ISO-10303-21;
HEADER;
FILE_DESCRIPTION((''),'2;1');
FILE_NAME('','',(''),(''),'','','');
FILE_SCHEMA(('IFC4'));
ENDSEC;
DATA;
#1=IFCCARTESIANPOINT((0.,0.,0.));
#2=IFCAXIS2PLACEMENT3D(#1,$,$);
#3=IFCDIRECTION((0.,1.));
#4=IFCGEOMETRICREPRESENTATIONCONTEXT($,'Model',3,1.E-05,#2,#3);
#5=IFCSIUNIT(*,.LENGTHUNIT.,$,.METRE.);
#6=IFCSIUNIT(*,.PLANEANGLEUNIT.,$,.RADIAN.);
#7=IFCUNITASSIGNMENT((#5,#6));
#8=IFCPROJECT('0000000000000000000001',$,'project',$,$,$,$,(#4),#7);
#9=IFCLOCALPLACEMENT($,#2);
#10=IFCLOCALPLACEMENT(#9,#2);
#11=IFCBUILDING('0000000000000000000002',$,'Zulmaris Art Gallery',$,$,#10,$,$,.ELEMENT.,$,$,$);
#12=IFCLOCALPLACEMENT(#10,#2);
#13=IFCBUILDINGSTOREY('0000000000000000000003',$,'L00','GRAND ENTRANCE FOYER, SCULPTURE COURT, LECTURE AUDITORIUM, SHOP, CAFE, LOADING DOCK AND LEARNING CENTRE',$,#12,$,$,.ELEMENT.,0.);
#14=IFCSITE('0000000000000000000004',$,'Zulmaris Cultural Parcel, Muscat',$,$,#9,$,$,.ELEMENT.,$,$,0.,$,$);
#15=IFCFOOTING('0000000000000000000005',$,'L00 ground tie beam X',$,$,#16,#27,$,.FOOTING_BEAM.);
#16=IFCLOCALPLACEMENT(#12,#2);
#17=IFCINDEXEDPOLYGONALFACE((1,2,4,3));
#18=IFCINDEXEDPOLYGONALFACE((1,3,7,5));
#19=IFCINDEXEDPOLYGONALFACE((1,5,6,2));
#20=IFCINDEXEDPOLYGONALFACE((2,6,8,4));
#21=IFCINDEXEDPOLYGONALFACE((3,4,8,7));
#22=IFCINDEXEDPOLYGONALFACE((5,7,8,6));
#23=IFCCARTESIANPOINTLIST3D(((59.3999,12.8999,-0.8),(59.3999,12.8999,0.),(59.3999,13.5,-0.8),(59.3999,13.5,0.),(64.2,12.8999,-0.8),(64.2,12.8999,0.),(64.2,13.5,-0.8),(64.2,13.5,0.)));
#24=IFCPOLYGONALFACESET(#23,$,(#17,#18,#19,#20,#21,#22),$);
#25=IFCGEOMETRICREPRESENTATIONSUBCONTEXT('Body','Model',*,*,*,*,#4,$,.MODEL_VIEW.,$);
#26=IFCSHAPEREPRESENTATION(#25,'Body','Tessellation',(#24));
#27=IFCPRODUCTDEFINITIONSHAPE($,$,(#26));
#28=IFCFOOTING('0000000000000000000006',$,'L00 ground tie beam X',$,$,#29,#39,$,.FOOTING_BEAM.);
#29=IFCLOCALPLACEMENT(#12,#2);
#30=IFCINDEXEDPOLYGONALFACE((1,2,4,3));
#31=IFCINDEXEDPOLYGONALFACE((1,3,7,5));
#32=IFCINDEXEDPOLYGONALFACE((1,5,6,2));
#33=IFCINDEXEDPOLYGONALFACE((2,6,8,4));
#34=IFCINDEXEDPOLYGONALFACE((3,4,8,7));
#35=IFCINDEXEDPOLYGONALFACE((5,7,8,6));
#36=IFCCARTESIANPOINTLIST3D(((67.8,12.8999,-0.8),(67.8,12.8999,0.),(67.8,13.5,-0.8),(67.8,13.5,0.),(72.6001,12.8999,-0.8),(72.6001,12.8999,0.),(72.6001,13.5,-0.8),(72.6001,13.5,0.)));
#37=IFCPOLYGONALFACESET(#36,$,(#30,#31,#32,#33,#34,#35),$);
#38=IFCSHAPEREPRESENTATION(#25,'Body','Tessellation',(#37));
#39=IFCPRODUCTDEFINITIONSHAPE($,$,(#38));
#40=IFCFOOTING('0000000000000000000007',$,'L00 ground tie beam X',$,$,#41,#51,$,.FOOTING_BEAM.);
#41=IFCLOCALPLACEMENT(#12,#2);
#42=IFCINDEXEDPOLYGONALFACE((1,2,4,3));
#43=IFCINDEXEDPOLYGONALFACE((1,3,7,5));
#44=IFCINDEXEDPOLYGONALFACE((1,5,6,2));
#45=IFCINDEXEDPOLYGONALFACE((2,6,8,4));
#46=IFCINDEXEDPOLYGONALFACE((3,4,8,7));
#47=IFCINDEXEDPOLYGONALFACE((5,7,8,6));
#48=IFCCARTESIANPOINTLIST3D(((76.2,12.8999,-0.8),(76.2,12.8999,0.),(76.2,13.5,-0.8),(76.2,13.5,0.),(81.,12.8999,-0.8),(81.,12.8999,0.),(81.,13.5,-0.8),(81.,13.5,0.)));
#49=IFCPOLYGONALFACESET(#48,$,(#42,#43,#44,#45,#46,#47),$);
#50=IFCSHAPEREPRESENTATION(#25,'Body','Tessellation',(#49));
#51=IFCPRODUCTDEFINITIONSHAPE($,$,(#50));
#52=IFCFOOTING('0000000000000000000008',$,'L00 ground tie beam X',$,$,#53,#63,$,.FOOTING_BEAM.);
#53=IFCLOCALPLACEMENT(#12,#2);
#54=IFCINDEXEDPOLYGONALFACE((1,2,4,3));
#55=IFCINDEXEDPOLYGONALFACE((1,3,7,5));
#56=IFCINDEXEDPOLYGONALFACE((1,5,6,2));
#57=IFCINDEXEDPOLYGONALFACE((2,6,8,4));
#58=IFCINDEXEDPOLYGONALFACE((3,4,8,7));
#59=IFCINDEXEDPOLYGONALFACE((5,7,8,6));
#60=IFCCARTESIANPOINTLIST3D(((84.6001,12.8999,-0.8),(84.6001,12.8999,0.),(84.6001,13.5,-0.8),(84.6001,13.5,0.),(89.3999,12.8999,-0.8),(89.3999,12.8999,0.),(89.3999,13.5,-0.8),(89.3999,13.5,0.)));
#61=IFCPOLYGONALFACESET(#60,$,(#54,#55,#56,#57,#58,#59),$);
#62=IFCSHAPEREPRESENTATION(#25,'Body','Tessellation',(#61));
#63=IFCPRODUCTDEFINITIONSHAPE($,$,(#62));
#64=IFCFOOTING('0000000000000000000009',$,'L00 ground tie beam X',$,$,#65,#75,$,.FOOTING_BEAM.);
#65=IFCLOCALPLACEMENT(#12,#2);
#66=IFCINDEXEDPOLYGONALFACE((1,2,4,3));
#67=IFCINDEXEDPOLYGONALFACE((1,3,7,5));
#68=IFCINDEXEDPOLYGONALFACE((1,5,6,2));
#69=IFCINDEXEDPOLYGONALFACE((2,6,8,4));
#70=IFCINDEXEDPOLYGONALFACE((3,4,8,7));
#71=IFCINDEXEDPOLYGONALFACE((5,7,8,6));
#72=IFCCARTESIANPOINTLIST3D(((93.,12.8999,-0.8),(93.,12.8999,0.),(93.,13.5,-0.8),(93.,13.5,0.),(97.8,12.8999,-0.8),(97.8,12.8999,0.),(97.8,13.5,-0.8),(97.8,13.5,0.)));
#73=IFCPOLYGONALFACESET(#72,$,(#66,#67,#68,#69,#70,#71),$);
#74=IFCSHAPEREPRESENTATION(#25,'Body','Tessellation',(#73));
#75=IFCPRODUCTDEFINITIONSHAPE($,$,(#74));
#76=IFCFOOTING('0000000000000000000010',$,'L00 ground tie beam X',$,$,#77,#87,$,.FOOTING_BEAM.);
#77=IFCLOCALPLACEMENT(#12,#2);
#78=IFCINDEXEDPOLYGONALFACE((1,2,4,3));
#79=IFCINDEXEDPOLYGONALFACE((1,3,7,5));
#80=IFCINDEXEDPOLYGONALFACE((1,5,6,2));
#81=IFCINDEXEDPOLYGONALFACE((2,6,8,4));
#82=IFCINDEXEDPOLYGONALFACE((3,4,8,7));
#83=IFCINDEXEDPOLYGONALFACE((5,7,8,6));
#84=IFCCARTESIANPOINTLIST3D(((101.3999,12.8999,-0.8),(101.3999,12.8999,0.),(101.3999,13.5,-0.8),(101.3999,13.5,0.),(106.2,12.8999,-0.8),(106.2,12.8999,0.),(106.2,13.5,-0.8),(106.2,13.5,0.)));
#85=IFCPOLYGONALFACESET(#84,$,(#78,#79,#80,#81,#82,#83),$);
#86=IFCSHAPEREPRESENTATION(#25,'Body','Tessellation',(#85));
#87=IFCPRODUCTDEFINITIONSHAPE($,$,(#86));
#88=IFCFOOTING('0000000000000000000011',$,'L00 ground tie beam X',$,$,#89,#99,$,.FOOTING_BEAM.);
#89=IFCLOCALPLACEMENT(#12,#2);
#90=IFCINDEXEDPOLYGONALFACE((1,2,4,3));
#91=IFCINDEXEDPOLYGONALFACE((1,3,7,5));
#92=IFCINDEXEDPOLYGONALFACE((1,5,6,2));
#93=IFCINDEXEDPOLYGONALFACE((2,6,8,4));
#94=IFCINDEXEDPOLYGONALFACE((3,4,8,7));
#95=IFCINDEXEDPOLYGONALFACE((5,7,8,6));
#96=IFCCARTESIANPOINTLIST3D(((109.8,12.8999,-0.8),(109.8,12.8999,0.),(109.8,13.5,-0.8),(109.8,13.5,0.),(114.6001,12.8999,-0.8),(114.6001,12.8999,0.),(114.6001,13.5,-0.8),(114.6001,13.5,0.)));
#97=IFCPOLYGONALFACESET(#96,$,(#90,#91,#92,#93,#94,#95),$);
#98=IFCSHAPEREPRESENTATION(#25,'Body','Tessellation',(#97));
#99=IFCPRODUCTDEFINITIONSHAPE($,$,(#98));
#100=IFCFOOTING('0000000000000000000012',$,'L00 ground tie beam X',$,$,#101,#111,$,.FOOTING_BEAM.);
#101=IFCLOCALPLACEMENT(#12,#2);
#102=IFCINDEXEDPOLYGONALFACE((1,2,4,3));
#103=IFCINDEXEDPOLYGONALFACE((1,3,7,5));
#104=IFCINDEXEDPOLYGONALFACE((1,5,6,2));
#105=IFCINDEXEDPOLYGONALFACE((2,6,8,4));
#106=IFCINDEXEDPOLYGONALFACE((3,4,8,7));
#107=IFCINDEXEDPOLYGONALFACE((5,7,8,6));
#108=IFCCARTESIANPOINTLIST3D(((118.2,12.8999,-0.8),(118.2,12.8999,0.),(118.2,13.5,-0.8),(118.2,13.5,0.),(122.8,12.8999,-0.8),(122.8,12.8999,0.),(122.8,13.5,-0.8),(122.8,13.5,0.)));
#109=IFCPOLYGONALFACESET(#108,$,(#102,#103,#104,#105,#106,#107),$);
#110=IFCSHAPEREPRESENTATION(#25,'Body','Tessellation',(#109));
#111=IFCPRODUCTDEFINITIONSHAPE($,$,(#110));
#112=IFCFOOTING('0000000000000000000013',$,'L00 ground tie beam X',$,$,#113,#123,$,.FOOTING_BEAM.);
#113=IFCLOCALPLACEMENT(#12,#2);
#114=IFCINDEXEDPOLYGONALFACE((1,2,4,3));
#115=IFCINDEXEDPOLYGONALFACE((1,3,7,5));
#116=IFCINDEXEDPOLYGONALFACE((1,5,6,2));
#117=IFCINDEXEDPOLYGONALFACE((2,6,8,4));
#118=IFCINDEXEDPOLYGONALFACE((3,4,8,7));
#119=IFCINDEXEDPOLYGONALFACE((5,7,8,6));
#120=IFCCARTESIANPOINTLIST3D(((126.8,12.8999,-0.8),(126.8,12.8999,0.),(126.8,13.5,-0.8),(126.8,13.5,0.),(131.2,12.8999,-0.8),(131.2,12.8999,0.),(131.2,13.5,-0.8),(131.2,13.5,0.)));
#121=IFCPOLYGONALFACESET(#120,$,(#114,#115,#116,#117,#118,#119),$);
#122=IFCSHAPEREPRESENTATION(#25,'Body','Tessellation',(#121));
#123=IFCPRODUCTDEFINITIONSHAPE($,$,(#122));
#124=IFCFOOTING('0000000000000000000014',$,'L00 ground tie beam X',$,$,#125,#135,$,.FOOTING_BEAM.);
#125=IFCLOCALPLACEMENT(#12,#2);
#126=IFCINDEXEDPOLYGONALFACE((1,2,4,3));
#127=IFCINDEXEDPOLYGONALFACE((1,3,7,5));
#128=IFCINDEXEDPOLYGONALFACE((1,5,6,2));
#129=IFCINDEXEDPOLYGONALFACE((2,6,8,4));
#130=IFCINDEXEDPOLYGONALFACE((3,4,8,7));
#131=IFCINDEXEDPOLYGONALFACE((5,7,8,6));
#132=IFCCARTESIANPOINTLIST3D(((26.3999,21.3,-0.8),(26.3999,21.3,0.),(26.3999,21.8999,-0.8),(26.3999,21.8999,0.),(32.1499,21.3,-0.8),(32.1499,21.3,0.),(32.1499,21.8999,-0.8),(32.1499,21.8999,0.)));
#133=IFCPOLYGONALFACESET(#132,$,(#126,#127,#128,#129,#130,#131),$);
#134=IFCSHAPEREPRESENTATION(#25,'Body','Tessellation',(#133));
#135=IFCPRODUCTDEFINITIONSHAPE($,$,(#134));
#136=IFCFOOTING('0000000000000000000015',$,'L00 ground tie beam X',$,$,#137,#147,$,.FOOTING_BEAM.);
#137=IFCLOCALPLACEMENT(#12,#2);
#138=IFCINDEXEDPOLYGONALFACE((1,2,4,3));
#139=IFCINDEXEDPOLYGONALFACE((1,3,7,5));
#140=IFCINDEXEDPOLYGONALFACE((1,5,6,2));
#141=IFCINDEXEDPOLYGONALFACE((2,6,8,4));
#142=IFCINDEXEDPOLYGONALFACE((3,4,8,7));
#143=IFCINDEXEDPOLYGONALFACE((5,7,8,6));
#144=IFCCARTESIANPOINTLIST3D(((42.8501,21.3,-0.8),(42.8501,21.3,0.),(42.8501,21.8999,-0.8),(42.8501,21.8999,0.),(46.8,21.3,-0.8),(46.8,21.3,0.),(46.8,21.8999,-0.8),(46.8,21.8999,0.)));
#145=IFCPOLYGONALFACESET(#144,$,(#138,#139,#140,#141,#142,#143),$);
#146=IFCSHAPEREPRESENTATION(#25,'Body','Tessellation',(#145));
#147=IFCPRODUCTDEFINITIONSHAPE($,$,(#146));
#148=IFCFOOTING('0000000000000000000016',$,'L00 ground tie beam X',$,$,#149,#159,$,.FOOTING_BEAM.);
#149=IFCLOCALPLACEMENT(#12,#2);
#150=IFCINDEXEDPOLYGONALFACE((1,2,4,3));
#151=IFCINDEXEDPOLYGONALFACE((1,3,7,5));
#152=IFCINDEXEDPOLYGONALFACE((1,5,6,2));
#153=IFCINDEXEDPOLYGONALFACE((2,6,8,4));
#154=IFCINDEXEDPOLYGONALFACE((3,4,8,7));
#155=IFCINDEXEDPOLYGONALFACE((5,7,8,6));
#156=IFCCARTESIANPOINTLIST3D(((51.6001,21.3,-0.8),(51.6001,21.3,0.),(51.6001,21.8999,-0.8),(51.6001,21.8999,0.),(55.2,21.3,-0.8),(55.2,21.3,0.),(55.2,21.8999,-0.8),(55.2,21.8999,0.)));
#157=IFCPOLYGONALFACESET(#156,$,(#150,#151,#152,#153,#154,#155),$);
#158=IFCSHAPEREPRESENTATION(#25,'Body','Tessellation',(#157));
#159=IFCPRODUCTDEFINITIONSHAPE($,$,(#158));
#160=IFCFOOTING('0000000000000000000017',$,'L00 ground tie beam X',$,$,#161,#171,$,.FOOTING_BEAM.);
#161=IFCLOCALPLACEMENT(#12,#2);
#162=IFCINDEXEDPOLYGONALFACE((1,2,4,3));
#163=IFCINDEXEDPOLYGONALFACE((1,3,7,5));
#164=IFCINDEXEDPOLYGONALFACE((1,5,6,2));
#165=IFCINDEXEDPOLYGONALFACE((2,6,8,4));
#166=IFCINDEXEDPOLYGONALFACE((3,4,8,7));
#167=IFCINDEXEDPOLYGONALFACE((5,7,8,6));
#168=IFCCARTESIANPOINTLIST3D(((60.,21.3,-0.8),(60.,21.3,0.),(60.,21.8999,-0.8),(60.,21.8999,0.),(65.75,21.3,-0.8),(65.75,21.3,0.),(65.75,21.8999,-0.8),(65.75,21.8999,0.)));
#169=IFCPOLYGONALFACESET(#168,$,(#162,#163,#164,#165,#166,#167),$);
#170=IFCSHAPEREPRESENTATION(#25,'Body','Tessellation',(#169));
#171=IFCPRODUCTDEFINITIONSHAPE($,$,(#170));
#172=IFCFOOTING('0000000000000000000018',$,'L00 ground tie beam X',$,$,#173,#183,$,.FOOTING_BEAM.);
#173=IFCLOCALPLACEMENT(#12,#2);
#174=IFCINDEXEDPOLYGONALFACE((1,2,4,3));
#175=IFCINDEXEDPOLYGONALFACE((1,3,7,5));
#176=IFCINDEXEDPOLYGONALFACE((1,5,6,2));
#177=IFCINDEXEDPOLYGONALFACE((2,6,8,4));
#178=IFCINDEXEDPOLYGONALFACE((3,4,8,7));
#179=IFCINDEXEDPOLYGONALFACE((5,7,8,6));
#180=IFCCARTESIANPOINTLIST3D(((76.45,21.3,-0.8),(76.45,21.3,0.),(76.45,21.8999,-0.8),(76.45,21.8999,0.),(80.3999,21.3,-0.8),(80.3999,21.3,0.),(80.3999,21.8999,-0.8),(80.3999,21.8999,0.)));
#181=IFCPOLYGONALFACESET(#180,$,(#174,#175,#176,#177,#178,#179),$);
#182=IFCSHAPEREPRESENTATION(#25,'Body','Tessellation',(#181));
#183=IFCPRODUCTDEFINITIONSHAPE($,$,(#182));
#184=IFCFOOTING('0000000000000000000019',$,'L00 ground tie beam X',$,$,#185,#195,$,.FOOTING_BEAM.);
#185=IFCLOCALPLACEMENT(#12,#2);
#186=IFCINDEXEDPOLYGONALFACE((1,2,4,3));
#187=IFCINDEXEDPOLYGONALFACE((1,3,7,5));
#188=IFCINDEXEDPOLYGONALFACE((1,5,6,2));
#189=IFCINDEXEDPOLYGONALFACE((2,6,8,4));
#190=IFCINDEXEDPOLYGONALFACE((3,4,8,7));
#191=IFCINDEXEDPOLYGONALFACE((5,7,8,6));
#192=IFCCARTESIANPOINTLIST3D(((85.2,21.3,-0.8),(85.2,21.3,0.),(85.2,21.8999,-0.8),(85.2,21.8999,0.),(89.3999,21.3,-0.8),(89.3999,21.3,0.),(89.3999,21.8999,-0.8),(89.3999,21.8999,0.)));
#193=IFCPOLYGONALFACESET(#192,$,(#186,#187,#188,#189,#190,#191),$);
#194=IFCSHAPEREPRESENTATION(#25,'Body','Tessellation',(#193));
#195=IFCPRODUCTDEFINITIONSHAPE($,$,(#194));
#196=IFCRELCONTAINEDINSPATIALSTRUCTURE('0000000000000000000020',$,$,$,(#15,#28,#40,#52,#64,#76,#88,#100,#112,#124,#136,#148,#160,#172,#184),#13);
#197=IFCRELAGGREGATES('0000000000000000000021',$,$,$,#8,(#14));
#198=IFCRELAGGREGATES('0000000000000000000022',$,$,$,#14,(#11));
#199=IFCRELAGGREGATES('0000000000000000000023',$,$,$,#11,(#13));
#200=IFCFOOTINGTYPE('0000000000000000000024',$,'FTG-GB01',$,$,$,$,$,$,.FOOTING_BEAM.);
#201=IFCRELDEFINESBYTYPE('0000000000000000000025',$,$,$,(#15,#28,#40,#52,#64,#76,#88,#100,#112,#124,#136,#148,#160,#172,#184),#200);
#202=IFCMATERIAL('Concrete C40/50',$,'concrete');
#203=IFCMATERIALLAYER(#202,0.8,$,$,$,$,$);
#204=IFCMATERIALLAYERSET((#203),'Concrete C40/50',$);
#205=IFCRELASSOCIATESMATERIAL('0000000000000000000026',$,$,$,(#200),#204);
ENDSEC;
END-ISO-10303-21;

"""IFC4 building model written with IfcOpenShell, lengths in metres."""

from ifc_helpers import new_model, si_unit, direction, frame, origin, place, context, subcontext, project, spatial, polyline, outline, extrude, material, layer, layer_set, type_object, element, save


model = new_model("IFC4")

# Units and contexts
model_context = context("Model", 3, precision=1e-05, world=origin(), true_north=direction((0.0, 1.0)))
body_context = subcontext(model_context, "Body", "Model", "MODEL_VIEW")
ifc_project = project(units=[si_unit("LENGTHUNIT", "METRE"), si_unit("PLANEANGLEUNIT", "RADIAN")], contexts=[model_context])

# Site, building, storey
site_placement = place(None, origin())
site = spatial("IfcSite", under=ifc_project, at=site_placement, Name="Zulmaris Cultural Parcel, Muscat", CompositionType="ELEMENT", RefElevation=0.0)
building_placement = place(site_placement, origin())
building = spatial("IfcBuilding", under=site, at=building_placement, Name="Zulmaris Art Gallery", CompositionType="ELEMENT")
storey_placement = place(building_placement, origin())
storey = spatial("IfcBuildingStorey", under=building, at=storey_placement, Name="L00", Description="GRAND ENTRANCE FOYER, SCULPTURE COURT, LECTURE AUDITORIUM, SHOP, CAFE, LOADING DOCK AND LEARNING CENTRE", CompositionType="ELEMENT", Elevation=0.0)

# Footings
ifc_material = material(Name="Concrete C40/50", Category="concrete")
ifc_layer = layer(ifc_material, 0.8)
ifc_layer_set = layer_set([ifc_layer], Name="Concrete C40/50")
footing_type = type_object("IfcFootingType", Name="FTG-GB01", PredefinedType="FOOTING_BEAM", material=ifc_layer_set)
footing_1_placement = place(storey_placement, frame((0.0, 0.0, -0.8)))
element("IfcFooting", 1, at=footing_1_placement, inside=storey, type_object=footing_type, Name="L00 ground tie beam X", PredefinedType="FOOTING_BEAM", context=body_context, shape_type="SweptSolid", body=[
    extrude(outline(polyline([(59.3999, 12.8999), (64.2, 12.8999), (64.2, 13.5), (59.3999, 13.5), (59.3999, 12.8999)])), origin(), (0.0, 0.0, 1.0), 0.8),
])
footing_2_placement = place(storey_placement, frame((0.0, 0.0, -0.8)))
element("IfcFooting", 2, at=footing_2_placement, inside=storey, type_object=footing_type, Name="L00 ground tie beam X", PredefinedType="FOOTING_BEAM", context=body_context, shape_type="SweptSolid", body=[
    extrude(outline(polyline([(67.8, 12.8999), (72.6001, 12.8999), (72.6001, 13.5), (67.8, 13.5), (67.8, 12.8999)])), origin(), (0.0, 0.0, 1.0), 0.8),
])
footing_3_placement = place(storey_placement, frame((0.0, 0.0, -0.8)))
element("IfcFooting", 3, at=footing_3_placement, inside=storey, type_object=footing_type, Name="L00 ground tie beam X", PredefinedType="FOOTING_BEAM", context=body_context, shape_type="SweptSolid", body=[
    extrude(outline(polyline([(76.2, 12.8999), (81.0, 12.8999), (81.0, 13.5), (76.2, 13.5), (76.2, 12.8999)])), origin(), (0.0, 0.0, 1.0), 0.8),
])
footing_4_placement = place(storey_placement, frame((0.0, 0.0, -0.8)))
element("IfcFooting", 4, at=footing_4_placement, inside=storey, type_object=footing_type, Name="L00 ground tie beam X", PredefinedType="FOOTING_BEAM", context=body_context, shape_type="SweptSolid", body=[
    extrude(outline(polyline([(84.6001, 12.8999), (89.3999, 12.8999), (89.3999, 13.5), (84.6001, 13.5), (84.6001, 12.8999)])), origin(), (0.0, 0.0, 1.0), 0.8),
])
footing_5_placement = place(storey_placement, frame((0.0, 0.0, -0.8)))
element("IfcFooting", 5, at=footing_5_placement, inside=storey, type_object=footing_type, Name="L00 ground tie beam X", PredefinedType="FOOTING_BEAM", context=body_context, shape_type="SweptSolid", body=[
    extrude(outline(polyline([(93.0, 12.8999), (97.8, 12.8999), (97.8, 13.5), (93.0, 13.5), (93.0, 12.8999)])), origin(), (0.0, 0.0, 1.0), 0.8),
])
footing_6_placement = place(storey_placement, frame((0.0, 0.0, -0.8)))
element("IfcFooting", 6, at=footing_6_placement, inside=storey, type_object=footing_type, Name="L00 ground tie beam X", PredefinedType="FOOTING_BEAM", context=body_context, shape_type="SweptSolid", body=[
    extrude(outline(polyline([(101.3999, 12.8999), (106.2, 12.8999), (106.2, 13.5), (101.3999, 13.5), (101.3999, 12.8999)])), origin(), (0.0, 0.0, 1.0), 0.8),
])
footing_7_placement = place(storey_placement, frame((0.0, 0.0, -0.8)))
element("IfcFooting", 7, at=footing_7_placement, inside=storey, type_object=footing_type, Name="L00 ground tie beam X", PredefinedType="FOOTING_BEAM", context=body_context, shape_type="SweptSolid", body=[
    extrude(outline(polyline([(109.8, 12.8999), (114.6001, 12.8999), (114.6001, 13.5), (109.8, 13.5), (109.8, 12.8999)])), origin(), (0.0, 0.0, 1.0), 0.8),
])
footing_8_placement = place(storey_placement, frame((0.0, 0.0, -0.8)))
element("IfcFooting", 8, at=footing_8_placement, inside=storey, type_object=footing_type, Name="L00 ground tie beam X", PredefinedType="FOOTING_BEAM", context=body_context, shape_type="SweptSolid", body=[
    extrude(outline(polyline([(118.2, 12.8999), (122.8, 12.8999), (122.8, 13.5), (118.2, 13.5), (118.2, 12.8999)])), origin(), (0.0, 0.0, 1.0), 0.8),
])
footing_9_placement = place(storey_placement, frame((0.0, 0.0, -0.8)))
element("IfcFooting", 9, at=footing_9_placement, inside=storey, type_object=footing_type, Name="L00 ground tie beam X", PredefinedType="FOOTING_BEAM", context=body_context, shape_type="SweptSolid", body=[
    extrude(outline(polyline([(126.8, 12.8999), (131.2, 12.8999), (131.2, 13.5), (126.8, 13.5), (126.8, 12.8999)])), origin(), (0.0, 0.0, 1.0), 0.8),
])
footing_10_placement = place(storey_placement, frame((0.0, 0.0, -0.8)))
element("IfcFooting", 10, at=footing_10_placement, inside=storey, type_object=footing_type, Name="L00 ground tie beam X", PredefinedType="FOOTING_BEAM", context=body_context, shape_type="SweptSolid", body=[
    extrude(outline(polyline([(26.3999, 21.3), (32.1499, 21.3), (32.1499, 21.8999), (26.3999, 21.8999), (26.3999, 21.3)])), origin(), (0.0, 0.0, 1.0), 0.8),
])
footing_11_placement = place(storey_placement, frame((0.0, 0.0, -0.8)))
element("IfcFooting", 11, at=footing_11_placement, inside=storey, type_object=footing_type, Name="L00 ground tie beam X", PredefinedType="FOOTING_BEAM", context=body_context, shape_type="SweptSolid", body=[
    extrude(outline(polyline([(42.8501, 21.3), (46.8, 21.3), (46.8, 21.8999), (42.8501, 21.8999), (42.8501, 21.3)])), origin(), (0.0, 0.0, 1.0), 0.8),
])
footing_12_placement = place(storey_placement, frame((0.0, 0.0, -0.8)))
element("IfcFooting", 12, at=footing_12_placement, inside=storey, type_object=footing_type, Name="L00 ground tie beam X", PredefinedType="FOOTING_BEAM", context=body_context, shape_type="SweptSolid", body=[
    extrude(outline(polyline([(51.6001, 21.3), (55.2, 21.3), (55.2, 21.8999), (51.6001, 21.8999), (51.6001, 21.3)])), origin(), (0.0, 0.0, 1.0), 0.8),
])
footing_13_placement = place(storey_placement, frame((0.0, 0.0, -0.8)))
element("IfcFooting", 13, at=footing_13_placement, inside=storey, type_object=footing_type, Name="L00 ground tie beam X", PredefinedType="FOOTING_BEAM", context=body_context, shape_type="SweptSolid", body=[
    extrude(outline(polyline([(60.0, 21.3), (65.75, 21.3), (65.75, 21.8999), (60.0, 21.8999), (60.0, 21.3)])), origin(), (0.0, 0.0, 1.0), 0.8),
])
footing_14_placement = place(storey_placement, frame((0.0, 0.0, -0.8)))
element("IfcFooting", 14, at=footing_14_placement, inside=storey, type_object=footing_type, Name="L00 ground tie beam X", PredefinedType="FOOTING_BEAM", context=body_context, shape_type="SweptSolid", body=[
    extrude(outline(polyline([(76.45, 21.3), (80.3999, 21.3), (80.3999, 21.8999), (76.45, 21.8999), (76.45, 21.3)])), origin(), (0.0, 0.0, 1.0), 0.8),
])
footing_15_placement = place(storey_placement, frame((0.0, 0.0, -0.8)))
element("IfcFooting", 15, at=footing_15_placement, inside=storey, type_object=footing_type, Name="L00 ground tie beam X", PredefinedType="FOOTING_BEAM", context=body_context, shape_type="SweptSolid", body=[
    extrude(outline(polyline([(85.2, 21.3), (89.3999, 21.3), (89.3999, 21.8999), (85.2, 21.8999), (85.2, 21.3)])), origin(), (0.0, 0.0, 1.0), 0.8),
])

save(model, "model.ifc")
